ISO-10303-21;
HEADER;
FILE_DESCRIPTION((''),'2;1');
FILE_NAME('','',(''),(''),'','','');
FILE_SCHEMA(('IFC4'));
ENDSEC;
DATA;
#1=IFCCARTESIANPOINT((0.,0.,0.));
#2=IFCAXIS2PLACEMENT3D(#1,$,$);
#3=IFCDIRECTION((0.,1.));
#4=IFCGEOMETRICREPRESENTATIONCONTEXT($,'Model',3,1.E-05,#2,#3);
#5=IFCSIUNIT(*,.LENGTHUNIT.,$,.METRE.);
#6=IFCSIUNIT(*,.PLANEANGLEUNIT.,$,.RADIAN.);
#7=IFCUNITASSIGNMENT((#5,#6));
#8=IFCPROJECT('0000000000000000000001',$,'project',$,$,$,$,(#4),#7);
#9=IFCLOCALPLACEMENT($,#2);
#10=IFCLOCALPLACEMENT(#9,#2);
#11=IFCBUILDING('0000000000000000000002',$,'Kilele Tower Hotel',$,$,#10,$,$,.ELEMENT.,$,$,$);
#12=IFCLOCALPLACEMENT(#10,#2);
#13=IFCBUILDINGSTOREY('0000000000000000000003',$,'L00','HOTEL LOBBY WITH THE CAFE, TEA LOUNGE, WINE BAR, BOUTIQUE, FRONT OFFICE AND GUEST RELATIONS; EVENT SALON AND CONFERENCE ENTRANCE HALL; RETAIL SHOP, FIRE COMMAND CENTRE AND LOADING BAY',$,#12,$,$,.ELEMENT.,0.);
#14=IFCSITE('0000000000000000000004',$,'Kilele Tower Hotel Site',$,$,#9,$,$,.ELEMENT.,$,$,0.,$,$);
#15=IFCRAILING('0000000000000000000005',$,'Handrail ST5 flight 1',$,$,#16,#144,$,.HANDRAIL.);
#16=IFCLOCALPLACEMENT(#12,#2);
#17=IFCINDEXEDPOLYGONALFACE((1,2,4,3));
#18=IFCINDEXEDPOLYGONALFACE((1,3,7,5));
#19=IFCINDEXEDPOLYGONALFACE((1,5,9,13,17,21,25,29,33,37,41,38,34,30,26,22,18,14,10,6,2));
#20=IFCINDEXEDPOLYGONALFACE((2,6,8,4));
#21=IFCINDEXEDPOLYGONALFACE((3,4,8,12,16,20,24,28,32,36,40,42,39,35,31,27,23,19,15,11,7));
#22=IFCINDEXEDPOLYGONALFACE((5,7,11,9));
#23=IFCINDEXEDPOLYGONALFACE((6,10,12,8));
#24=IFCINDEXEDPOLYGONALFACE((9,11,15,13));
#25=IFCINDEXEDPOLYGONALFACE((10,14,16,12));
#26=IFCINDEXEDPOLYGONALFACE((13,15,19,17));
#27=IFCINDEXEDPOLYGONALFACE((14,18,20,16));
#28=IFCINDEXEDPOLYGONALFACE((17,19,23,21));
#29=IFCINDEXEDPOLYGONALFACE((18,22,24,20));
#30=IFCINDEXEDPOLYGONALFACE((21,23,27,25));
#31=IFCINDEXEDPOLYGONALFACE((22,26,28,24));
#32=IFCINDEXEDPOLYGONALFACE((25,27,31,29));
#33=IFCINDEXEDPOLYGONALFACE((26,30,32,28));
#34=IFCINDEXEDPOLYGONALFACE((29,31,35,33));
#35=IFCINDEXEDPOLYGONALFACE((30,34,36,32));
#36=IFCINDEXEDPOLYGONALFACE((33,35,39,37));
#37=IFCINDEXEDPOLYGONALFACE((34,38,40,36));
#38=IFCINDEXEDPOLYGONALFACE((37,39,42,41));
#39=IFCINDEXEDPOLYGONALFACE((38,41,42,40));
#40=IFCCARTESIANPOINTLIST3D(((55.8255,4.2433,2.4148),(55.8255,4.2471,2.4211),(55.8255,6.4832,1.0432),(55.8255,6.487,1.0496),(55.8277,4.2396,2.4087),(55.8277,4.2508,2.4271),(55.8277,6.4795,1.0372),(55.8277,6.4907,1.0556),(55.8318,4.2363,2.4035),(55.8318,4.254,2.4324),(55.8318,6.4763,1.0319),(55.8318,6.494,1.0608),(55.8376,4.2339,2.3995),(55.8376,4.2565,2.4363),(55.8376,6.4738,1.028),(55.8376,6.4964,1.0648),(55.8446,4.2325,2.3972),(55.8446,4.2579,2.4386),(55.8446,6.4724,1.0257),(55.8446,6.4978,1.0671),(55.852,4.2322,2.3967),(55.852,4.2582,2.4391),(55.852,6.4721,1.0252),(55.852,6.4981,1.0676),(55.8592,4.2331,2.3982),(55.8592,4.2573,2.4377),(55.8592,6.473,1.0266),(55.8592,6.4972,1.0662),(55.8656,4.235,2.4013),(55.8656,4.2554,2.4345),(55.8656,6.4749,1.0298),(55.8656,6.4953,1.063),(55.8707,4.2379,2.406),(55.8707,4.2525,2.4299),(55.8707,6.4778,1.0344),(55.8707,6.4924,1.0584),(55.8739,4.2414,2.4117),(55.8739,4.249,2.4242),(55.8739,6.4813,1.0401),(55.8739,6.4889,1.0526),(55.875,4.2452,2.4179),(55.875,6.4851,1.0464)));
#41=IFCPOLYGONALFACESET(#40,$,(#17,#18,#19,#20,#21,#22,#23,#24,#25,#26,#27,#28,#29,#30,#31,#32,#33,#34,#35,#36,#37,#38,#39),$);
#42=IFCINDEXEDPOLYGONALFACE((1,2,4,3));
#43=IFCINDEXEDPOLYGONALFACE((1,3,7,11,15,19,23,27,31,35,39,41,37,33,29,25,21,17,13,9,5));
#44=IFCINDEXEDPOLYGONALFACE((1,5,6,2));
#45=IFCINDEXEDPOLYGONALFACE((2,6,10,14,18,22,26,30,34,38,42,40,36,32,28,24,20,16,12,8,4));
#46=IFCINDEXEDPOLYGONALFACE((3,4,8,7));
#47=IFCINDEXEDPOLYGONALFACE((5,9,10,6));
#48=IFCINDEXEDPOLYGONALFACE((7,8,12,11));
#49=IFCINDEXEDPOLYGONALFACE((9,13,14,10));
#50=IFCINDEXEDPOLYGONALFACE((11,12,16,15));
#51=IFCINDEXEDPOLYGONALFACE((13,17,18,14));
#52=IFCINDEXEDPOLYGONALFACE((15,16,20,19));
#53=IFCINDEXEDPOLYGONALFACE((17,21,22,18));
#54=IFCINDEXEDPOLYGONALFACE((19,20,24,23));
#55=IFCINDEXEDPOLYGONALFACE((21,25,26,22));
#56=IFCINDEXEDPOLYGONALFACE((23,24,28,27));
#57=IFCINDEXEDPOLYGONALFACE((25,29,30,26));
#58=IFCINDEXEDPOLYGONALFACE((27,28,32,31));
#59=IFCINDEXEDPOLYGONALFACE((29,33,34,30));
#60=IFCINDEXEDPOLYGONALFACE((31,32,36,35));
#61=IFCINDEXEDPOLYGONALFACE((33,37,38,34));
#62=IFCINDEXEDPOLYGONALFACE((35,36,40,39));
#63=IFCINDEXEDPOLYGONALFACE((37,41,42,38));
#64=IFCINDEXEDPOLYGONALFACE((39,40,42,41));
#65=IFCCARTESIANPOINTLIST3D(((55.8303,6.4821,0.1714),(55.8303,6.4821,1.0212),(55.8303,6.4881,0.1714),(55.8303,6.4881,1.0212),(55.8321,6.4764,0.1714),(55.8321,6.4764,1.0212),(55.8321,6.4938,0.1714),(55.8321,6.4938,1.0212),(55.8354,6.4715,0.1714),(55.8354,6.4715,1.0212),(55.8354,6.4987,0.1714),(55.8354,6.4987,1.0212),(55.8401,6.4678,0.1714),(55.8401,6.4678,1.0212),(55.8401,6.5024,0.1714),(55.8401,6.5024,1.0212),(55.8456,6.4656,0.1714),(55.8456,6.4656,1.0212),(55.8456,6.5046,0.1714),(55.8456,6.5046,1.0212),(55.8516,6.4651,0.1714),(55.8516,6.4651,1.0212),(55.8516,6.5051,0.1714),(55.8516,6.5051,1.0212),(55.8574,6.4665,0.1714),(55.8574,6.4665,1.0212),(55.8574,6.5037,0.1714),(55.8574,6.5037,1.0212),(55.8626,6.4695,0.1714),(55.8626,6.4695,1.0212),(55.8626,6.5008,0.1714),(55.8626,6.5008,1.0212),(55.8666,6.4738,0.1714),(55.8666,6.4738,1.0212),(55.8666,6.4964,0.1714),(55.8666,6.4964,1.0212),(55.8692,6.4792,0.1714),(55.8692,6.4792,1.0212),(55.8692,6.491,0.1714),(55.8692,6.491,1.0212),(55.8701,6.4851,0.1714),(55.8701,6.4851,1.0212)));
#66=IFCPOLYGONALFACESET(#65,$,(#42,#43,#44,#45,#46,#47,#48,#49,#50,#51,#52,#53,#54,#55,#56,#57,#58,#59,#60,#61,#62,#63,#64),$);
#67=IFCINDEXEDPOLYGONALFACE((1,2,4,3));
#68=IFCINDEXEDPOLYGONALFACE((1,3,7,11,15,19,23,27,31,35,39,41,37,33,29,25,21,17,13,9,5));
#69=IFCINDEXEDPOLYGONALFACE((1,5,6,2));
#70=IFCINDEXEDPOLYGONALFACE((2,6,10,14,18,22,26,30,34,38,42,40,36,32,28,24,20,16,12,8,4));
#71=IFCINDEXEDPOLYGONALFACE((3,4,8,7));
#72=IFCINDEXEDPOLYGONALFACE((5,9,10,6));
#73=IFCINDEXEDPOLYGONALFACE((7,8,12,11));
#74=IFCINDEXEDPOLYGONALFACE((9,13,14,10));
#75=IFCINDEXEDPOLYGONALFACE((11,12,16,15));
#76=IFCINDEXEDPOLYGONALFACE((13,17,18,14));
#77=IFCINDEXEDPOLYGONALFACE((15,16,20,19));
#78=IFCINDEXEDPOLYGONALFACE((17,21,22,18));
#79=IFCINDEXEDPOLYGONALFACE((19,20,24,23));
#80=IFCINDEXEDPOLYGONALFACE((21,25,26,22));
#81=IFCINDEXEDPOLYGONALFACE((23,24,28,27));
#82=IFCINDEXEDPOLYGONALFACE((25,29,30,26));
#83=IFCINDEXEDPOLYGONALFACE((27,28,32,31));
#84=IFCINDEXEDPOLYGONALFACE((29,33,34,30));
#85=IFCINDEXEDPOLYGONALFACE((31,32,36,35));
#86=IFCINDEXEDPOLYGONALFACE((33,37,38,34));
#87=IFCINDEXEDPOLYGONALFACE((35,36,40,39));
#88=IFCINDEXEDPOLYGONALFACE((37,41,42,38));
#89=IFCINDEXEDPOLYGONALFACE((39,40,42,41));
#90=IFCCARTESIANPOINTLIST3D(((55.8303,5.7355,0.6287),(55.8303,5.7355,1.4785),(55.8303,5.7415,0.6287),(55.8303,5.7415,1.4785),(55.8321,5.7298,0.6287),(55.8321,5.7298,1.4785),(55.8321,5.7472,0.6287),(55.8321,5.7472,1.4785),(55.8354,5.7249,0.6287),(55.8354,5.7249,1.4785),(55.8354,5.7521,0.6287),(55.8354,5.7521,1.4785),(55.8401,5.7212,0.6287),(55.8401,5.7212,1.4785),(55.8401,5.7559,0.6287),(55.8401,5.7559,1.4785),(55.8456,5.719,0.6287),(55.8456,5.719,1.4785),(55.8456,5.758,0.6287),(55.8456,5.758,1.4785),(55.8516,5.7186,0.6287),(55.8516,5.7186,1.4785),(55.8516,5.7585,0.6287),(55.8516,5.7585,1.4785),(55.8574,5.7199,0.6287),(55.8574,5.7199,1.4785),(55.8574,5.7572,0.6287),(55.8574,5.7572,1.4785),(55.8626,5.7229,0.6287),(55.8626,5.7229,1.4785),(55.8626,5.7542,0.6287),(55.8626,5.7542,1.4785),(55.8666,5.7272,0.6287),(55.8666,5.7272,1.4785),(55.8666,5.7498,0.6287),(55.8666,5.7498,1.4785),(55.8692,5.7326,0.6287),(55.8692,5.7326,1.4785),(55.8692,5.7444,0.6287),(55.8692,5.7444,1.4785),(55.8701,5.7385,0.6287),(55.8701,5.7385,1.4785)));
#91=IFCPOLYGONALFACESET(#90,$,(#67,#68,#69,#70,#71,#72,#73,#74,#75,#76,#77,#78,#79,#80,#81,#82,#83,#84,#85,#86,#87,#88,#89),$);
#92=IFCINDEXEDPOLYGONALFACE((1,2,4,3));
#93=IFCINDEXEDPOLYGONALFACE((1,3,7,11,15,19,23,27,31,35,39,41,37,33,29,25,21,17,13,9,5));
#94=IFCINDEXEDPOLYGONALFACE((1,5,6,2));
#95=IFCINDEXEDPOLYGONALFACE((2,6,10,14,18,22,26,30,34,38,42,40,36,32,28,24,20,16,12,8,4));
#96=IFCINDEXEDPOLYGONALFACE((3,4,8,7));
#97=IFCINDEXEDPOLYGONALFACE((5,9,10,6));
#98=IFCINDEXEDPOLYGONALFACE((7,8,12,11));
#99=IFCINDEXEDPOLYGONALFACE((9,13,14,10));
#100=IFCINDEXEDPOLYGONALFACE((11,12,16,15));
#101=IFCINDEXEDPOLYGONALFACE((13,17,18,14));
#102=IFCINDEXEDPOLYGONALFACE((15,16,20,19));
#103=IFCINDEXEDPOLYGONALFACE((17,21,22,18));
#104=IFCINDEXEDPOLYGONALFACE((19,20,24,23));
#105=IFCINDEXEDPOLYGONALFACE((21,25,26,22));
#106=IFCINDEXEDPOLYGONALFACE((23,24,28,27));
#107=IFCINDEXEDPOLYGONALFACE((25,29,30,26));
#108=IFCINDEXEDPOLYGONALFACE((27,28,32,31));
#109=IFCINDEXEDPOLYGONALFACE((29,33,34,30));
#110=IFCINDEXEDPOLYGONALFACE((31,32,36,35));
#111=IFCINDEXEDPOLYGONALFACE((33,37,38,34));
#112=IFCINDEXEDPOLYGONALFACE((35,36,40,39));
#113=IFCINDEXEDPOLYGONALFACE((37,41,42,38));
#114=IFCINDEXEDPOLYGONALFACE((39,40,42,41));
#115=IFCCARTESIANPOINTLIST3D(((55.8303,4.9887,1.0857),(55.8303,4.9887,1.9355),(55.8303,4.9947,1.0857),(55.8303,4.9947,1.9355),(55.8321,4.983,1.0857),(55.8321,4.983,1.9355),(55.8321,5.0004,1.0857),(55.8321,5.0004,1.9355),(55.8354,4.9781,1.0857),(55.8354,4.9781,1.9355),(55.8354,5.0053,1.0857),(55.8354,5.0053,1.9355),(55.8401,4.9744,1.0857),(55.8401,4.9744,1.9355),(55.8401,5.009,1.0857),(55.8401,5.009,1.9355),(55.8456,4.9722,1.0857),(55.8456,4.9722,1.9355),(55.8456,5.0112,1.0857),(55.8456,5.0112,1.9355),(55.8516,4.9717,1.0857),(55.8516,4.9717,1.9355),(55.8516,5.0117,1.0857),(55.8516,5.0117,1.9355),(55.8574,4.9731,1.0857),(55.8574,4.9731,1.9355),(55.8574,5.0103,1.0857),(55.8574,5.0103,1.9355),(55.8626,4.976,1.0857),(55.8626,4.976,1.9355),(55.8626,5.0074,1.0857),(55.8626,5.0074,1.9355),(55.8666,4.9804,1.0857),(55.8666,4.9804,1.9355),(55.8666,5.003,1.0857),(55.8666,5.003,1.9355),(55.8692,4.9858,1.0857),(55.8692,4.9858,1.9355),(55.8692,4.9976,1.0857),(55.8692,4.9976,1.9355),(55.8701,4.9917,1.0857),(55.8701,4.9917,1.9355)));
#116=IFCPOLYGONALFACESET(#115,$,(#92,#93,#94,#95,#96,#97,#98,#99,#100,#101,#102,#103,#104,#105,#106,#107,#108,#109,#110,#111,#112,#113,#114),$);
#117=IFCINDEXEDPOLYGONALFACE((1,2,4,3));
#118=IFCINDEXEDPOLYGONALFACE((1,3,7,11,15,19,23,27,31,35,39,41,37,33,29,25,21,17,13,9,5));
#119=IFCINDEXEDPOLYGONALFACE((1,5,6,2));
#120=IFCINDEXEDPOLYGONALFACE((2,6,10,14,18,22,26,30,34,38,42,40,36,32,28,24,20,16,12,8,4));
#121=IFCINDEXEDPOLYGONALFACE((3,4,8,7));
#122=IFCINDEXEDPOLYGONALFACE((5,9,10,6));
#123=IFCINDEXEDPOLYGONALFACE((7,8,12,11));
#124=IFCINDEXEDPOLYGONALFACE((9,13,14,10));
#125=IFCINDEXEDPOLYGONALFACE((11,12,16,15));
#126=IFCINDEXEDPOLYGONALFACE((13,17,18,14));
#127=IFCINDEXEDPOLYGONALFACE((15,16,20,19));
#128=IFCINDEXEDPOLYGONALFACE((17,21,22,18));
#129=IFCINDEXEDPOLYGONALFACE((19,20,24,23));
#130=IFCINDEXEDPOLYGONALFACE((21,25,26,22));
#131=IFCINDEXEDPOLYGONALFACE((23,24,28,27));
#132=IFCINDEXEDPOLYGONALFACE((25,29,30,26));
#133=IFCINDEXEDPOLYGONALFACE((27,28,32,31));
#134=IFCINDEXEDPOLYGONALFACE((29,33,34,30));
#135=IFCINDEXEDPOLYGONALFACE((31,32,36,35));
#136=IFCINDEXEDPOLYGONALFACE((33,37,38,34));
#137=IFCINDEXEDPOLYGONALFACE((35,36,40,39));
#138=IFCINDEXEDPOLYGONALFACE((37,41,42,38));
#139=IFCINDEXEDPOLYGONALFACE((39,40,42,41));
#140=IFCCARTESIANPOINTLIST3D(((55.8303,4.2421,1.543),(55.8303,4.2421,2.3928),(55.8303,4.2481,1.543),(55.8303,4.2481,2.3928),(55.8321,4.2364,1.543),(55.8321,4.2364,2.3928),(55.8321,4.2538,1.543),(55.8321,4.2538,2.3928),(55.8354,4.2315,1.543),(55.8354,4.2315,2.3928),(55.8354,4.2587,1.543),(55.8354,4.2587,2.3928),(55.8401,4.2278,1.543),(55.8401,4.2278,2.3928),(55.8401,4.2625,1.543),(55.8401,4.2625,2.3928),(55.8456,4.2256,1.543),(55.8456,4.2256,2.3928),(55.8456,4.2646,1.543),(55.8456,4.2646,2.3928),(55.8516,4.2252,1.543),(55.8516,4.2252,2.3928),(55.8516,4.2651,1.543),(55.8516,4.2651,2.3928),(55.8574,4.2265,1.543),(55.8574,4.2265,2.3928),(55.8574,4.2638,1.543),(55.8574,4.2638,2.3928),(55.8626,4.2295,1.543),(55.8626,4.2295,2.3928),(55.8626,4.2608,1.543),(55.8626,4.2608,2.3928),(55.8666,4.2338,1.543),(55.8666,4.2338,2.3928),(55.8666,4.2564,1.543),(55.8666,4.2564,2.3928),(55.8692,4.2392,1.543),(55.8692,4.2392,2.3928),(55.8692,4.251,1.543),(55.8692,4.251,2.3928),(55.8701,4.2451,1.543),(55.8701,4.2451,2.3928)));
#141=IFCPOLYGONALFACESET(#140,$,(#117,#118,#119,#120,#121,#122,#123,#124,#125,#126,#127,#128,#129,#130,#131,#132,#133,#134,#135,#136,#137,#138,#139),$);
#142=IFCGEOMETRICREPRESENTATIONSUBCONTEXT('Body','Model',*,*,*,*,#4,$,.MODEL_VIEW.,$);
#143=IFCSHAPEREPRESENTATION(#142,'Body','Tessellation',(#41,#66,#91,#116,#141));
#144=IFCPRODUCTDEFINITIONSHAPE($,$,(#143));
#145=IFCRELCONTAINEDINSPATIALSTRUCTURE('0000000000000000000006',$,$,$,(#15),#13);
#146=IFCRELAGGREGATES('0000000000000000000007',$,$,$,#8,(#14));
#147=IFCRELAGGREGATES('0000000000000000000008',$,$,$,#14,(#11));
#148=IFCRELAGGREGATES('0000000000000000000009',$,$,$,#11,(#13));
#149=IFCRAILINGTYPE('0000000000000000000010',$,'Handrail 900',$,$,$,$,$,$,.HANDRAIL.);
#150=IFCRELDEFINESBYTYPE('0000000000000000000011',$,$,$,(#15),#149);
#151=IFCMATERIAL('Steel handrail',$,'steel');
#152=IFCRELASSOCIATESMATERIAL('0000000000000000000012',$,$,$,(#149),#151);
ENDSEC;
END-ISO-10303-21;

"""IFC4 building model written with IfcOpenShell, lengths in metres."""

from ifc_helpers import new_model, si_unit, direction, frame, origin, origin_2d, place, context, subcontext, project, spatial, circle, extrude, material, type_object, element, save


model = new_model("IFC4")

# Units and contexts
model_context = context("Model", 3, precision=1e-05, world=origin(), true_north=direction((0.0, 1.0)))
body_context = subcontext(model_context, "Body", "Model", "MODEL_VIEW")
ifc_project = project(units=[si_unit("LENGTHUNIT", "METRE"), si_unit("PLANEANGLEUNIT", "RADIAN")], contexts=[model_context])

# Site, building, storey
site_placement = place(None, origin())
site = spatial("IfcSite", under=ifc_project, at=site_placement, Name="Kilele Tower Hotel Site", CompositionType="ELEMENT", RefElevation=0.0)
building_placement = place(site_placement, origin())
building = spatial("IfcBuilding", under=site, at=building_placement, Name="Kilele Tower Hotel", CompositionType="ELEMENT")
storey_placement = place(building_placement, origin())
storey = spatial("IfcBuildingStorey", under=building, at=storey_placement, Name="L00", Description="HOTEL LOBBY WITH THE CAFE, TEA LOUNGE, WINE BAR, BOUTIQUE, FRONT OFFICE AND GUEST RELATIONS; EVENT SALON AND CONFERENCE ENTRANCE HALL; RETAIL SHOP, FIRE COMMAND CENTRE AND LOADING BAY", CompositionType="ELEMENT", Elevation=0.0)

# Railing
ifc_material_1 = material(Name="Steel handrail", Category="steel")
railing_type_1 = type_object("IfcRailingType", Name="Handrail 900", PredefinedType="HANDRAIL", material=ifc_material_1)
for number, where, name in (
    (1, (55.8501, 6.4851, 0.1714), "Handrail ST5 flight 1"),
):
    element("IfcRailing", number, at=place(storey_placement, frame(where)), inside=storey, type_object=railing_type_1, Name=name, PredefinedType="HANDRAIL", context=body_context, shape_type="SweptSolid", body=[
        extrude(circle(Radius=0.0249, at=origin_2d()), frame((0.0, 0.0, 0.875), z_axis=(0.0, -0.852824, 0.522198), x_axis=(1.0, 0.0, 0.0)), (0.0, 0.0, 1.0), 2.6265),
        extrude(circle(Radius=0.02, at=origin_2d()), origin(), (0.0, 0.0, 1.0), 0.8499),
        extrude(circle(Radius=0.02, at=origin_2d()), frame((0.0, -0.7466, 0.4573)), (0.0, 0.0, 1.0), 0.8499),
        extrude(circle(Radius=0.02, at=origin_2d()), frame((0.0, -1.4934, 0.9143)), (0.0, 0.0, 1.0), 0.8499),
        extrude(circle(Radius=0.02, at=origin_2d()), frame((0.0, -2.24, 1.3716)), (0.0, 0.0, 1.0), 0.8499),
    ])

save(model, "model.ifc")
